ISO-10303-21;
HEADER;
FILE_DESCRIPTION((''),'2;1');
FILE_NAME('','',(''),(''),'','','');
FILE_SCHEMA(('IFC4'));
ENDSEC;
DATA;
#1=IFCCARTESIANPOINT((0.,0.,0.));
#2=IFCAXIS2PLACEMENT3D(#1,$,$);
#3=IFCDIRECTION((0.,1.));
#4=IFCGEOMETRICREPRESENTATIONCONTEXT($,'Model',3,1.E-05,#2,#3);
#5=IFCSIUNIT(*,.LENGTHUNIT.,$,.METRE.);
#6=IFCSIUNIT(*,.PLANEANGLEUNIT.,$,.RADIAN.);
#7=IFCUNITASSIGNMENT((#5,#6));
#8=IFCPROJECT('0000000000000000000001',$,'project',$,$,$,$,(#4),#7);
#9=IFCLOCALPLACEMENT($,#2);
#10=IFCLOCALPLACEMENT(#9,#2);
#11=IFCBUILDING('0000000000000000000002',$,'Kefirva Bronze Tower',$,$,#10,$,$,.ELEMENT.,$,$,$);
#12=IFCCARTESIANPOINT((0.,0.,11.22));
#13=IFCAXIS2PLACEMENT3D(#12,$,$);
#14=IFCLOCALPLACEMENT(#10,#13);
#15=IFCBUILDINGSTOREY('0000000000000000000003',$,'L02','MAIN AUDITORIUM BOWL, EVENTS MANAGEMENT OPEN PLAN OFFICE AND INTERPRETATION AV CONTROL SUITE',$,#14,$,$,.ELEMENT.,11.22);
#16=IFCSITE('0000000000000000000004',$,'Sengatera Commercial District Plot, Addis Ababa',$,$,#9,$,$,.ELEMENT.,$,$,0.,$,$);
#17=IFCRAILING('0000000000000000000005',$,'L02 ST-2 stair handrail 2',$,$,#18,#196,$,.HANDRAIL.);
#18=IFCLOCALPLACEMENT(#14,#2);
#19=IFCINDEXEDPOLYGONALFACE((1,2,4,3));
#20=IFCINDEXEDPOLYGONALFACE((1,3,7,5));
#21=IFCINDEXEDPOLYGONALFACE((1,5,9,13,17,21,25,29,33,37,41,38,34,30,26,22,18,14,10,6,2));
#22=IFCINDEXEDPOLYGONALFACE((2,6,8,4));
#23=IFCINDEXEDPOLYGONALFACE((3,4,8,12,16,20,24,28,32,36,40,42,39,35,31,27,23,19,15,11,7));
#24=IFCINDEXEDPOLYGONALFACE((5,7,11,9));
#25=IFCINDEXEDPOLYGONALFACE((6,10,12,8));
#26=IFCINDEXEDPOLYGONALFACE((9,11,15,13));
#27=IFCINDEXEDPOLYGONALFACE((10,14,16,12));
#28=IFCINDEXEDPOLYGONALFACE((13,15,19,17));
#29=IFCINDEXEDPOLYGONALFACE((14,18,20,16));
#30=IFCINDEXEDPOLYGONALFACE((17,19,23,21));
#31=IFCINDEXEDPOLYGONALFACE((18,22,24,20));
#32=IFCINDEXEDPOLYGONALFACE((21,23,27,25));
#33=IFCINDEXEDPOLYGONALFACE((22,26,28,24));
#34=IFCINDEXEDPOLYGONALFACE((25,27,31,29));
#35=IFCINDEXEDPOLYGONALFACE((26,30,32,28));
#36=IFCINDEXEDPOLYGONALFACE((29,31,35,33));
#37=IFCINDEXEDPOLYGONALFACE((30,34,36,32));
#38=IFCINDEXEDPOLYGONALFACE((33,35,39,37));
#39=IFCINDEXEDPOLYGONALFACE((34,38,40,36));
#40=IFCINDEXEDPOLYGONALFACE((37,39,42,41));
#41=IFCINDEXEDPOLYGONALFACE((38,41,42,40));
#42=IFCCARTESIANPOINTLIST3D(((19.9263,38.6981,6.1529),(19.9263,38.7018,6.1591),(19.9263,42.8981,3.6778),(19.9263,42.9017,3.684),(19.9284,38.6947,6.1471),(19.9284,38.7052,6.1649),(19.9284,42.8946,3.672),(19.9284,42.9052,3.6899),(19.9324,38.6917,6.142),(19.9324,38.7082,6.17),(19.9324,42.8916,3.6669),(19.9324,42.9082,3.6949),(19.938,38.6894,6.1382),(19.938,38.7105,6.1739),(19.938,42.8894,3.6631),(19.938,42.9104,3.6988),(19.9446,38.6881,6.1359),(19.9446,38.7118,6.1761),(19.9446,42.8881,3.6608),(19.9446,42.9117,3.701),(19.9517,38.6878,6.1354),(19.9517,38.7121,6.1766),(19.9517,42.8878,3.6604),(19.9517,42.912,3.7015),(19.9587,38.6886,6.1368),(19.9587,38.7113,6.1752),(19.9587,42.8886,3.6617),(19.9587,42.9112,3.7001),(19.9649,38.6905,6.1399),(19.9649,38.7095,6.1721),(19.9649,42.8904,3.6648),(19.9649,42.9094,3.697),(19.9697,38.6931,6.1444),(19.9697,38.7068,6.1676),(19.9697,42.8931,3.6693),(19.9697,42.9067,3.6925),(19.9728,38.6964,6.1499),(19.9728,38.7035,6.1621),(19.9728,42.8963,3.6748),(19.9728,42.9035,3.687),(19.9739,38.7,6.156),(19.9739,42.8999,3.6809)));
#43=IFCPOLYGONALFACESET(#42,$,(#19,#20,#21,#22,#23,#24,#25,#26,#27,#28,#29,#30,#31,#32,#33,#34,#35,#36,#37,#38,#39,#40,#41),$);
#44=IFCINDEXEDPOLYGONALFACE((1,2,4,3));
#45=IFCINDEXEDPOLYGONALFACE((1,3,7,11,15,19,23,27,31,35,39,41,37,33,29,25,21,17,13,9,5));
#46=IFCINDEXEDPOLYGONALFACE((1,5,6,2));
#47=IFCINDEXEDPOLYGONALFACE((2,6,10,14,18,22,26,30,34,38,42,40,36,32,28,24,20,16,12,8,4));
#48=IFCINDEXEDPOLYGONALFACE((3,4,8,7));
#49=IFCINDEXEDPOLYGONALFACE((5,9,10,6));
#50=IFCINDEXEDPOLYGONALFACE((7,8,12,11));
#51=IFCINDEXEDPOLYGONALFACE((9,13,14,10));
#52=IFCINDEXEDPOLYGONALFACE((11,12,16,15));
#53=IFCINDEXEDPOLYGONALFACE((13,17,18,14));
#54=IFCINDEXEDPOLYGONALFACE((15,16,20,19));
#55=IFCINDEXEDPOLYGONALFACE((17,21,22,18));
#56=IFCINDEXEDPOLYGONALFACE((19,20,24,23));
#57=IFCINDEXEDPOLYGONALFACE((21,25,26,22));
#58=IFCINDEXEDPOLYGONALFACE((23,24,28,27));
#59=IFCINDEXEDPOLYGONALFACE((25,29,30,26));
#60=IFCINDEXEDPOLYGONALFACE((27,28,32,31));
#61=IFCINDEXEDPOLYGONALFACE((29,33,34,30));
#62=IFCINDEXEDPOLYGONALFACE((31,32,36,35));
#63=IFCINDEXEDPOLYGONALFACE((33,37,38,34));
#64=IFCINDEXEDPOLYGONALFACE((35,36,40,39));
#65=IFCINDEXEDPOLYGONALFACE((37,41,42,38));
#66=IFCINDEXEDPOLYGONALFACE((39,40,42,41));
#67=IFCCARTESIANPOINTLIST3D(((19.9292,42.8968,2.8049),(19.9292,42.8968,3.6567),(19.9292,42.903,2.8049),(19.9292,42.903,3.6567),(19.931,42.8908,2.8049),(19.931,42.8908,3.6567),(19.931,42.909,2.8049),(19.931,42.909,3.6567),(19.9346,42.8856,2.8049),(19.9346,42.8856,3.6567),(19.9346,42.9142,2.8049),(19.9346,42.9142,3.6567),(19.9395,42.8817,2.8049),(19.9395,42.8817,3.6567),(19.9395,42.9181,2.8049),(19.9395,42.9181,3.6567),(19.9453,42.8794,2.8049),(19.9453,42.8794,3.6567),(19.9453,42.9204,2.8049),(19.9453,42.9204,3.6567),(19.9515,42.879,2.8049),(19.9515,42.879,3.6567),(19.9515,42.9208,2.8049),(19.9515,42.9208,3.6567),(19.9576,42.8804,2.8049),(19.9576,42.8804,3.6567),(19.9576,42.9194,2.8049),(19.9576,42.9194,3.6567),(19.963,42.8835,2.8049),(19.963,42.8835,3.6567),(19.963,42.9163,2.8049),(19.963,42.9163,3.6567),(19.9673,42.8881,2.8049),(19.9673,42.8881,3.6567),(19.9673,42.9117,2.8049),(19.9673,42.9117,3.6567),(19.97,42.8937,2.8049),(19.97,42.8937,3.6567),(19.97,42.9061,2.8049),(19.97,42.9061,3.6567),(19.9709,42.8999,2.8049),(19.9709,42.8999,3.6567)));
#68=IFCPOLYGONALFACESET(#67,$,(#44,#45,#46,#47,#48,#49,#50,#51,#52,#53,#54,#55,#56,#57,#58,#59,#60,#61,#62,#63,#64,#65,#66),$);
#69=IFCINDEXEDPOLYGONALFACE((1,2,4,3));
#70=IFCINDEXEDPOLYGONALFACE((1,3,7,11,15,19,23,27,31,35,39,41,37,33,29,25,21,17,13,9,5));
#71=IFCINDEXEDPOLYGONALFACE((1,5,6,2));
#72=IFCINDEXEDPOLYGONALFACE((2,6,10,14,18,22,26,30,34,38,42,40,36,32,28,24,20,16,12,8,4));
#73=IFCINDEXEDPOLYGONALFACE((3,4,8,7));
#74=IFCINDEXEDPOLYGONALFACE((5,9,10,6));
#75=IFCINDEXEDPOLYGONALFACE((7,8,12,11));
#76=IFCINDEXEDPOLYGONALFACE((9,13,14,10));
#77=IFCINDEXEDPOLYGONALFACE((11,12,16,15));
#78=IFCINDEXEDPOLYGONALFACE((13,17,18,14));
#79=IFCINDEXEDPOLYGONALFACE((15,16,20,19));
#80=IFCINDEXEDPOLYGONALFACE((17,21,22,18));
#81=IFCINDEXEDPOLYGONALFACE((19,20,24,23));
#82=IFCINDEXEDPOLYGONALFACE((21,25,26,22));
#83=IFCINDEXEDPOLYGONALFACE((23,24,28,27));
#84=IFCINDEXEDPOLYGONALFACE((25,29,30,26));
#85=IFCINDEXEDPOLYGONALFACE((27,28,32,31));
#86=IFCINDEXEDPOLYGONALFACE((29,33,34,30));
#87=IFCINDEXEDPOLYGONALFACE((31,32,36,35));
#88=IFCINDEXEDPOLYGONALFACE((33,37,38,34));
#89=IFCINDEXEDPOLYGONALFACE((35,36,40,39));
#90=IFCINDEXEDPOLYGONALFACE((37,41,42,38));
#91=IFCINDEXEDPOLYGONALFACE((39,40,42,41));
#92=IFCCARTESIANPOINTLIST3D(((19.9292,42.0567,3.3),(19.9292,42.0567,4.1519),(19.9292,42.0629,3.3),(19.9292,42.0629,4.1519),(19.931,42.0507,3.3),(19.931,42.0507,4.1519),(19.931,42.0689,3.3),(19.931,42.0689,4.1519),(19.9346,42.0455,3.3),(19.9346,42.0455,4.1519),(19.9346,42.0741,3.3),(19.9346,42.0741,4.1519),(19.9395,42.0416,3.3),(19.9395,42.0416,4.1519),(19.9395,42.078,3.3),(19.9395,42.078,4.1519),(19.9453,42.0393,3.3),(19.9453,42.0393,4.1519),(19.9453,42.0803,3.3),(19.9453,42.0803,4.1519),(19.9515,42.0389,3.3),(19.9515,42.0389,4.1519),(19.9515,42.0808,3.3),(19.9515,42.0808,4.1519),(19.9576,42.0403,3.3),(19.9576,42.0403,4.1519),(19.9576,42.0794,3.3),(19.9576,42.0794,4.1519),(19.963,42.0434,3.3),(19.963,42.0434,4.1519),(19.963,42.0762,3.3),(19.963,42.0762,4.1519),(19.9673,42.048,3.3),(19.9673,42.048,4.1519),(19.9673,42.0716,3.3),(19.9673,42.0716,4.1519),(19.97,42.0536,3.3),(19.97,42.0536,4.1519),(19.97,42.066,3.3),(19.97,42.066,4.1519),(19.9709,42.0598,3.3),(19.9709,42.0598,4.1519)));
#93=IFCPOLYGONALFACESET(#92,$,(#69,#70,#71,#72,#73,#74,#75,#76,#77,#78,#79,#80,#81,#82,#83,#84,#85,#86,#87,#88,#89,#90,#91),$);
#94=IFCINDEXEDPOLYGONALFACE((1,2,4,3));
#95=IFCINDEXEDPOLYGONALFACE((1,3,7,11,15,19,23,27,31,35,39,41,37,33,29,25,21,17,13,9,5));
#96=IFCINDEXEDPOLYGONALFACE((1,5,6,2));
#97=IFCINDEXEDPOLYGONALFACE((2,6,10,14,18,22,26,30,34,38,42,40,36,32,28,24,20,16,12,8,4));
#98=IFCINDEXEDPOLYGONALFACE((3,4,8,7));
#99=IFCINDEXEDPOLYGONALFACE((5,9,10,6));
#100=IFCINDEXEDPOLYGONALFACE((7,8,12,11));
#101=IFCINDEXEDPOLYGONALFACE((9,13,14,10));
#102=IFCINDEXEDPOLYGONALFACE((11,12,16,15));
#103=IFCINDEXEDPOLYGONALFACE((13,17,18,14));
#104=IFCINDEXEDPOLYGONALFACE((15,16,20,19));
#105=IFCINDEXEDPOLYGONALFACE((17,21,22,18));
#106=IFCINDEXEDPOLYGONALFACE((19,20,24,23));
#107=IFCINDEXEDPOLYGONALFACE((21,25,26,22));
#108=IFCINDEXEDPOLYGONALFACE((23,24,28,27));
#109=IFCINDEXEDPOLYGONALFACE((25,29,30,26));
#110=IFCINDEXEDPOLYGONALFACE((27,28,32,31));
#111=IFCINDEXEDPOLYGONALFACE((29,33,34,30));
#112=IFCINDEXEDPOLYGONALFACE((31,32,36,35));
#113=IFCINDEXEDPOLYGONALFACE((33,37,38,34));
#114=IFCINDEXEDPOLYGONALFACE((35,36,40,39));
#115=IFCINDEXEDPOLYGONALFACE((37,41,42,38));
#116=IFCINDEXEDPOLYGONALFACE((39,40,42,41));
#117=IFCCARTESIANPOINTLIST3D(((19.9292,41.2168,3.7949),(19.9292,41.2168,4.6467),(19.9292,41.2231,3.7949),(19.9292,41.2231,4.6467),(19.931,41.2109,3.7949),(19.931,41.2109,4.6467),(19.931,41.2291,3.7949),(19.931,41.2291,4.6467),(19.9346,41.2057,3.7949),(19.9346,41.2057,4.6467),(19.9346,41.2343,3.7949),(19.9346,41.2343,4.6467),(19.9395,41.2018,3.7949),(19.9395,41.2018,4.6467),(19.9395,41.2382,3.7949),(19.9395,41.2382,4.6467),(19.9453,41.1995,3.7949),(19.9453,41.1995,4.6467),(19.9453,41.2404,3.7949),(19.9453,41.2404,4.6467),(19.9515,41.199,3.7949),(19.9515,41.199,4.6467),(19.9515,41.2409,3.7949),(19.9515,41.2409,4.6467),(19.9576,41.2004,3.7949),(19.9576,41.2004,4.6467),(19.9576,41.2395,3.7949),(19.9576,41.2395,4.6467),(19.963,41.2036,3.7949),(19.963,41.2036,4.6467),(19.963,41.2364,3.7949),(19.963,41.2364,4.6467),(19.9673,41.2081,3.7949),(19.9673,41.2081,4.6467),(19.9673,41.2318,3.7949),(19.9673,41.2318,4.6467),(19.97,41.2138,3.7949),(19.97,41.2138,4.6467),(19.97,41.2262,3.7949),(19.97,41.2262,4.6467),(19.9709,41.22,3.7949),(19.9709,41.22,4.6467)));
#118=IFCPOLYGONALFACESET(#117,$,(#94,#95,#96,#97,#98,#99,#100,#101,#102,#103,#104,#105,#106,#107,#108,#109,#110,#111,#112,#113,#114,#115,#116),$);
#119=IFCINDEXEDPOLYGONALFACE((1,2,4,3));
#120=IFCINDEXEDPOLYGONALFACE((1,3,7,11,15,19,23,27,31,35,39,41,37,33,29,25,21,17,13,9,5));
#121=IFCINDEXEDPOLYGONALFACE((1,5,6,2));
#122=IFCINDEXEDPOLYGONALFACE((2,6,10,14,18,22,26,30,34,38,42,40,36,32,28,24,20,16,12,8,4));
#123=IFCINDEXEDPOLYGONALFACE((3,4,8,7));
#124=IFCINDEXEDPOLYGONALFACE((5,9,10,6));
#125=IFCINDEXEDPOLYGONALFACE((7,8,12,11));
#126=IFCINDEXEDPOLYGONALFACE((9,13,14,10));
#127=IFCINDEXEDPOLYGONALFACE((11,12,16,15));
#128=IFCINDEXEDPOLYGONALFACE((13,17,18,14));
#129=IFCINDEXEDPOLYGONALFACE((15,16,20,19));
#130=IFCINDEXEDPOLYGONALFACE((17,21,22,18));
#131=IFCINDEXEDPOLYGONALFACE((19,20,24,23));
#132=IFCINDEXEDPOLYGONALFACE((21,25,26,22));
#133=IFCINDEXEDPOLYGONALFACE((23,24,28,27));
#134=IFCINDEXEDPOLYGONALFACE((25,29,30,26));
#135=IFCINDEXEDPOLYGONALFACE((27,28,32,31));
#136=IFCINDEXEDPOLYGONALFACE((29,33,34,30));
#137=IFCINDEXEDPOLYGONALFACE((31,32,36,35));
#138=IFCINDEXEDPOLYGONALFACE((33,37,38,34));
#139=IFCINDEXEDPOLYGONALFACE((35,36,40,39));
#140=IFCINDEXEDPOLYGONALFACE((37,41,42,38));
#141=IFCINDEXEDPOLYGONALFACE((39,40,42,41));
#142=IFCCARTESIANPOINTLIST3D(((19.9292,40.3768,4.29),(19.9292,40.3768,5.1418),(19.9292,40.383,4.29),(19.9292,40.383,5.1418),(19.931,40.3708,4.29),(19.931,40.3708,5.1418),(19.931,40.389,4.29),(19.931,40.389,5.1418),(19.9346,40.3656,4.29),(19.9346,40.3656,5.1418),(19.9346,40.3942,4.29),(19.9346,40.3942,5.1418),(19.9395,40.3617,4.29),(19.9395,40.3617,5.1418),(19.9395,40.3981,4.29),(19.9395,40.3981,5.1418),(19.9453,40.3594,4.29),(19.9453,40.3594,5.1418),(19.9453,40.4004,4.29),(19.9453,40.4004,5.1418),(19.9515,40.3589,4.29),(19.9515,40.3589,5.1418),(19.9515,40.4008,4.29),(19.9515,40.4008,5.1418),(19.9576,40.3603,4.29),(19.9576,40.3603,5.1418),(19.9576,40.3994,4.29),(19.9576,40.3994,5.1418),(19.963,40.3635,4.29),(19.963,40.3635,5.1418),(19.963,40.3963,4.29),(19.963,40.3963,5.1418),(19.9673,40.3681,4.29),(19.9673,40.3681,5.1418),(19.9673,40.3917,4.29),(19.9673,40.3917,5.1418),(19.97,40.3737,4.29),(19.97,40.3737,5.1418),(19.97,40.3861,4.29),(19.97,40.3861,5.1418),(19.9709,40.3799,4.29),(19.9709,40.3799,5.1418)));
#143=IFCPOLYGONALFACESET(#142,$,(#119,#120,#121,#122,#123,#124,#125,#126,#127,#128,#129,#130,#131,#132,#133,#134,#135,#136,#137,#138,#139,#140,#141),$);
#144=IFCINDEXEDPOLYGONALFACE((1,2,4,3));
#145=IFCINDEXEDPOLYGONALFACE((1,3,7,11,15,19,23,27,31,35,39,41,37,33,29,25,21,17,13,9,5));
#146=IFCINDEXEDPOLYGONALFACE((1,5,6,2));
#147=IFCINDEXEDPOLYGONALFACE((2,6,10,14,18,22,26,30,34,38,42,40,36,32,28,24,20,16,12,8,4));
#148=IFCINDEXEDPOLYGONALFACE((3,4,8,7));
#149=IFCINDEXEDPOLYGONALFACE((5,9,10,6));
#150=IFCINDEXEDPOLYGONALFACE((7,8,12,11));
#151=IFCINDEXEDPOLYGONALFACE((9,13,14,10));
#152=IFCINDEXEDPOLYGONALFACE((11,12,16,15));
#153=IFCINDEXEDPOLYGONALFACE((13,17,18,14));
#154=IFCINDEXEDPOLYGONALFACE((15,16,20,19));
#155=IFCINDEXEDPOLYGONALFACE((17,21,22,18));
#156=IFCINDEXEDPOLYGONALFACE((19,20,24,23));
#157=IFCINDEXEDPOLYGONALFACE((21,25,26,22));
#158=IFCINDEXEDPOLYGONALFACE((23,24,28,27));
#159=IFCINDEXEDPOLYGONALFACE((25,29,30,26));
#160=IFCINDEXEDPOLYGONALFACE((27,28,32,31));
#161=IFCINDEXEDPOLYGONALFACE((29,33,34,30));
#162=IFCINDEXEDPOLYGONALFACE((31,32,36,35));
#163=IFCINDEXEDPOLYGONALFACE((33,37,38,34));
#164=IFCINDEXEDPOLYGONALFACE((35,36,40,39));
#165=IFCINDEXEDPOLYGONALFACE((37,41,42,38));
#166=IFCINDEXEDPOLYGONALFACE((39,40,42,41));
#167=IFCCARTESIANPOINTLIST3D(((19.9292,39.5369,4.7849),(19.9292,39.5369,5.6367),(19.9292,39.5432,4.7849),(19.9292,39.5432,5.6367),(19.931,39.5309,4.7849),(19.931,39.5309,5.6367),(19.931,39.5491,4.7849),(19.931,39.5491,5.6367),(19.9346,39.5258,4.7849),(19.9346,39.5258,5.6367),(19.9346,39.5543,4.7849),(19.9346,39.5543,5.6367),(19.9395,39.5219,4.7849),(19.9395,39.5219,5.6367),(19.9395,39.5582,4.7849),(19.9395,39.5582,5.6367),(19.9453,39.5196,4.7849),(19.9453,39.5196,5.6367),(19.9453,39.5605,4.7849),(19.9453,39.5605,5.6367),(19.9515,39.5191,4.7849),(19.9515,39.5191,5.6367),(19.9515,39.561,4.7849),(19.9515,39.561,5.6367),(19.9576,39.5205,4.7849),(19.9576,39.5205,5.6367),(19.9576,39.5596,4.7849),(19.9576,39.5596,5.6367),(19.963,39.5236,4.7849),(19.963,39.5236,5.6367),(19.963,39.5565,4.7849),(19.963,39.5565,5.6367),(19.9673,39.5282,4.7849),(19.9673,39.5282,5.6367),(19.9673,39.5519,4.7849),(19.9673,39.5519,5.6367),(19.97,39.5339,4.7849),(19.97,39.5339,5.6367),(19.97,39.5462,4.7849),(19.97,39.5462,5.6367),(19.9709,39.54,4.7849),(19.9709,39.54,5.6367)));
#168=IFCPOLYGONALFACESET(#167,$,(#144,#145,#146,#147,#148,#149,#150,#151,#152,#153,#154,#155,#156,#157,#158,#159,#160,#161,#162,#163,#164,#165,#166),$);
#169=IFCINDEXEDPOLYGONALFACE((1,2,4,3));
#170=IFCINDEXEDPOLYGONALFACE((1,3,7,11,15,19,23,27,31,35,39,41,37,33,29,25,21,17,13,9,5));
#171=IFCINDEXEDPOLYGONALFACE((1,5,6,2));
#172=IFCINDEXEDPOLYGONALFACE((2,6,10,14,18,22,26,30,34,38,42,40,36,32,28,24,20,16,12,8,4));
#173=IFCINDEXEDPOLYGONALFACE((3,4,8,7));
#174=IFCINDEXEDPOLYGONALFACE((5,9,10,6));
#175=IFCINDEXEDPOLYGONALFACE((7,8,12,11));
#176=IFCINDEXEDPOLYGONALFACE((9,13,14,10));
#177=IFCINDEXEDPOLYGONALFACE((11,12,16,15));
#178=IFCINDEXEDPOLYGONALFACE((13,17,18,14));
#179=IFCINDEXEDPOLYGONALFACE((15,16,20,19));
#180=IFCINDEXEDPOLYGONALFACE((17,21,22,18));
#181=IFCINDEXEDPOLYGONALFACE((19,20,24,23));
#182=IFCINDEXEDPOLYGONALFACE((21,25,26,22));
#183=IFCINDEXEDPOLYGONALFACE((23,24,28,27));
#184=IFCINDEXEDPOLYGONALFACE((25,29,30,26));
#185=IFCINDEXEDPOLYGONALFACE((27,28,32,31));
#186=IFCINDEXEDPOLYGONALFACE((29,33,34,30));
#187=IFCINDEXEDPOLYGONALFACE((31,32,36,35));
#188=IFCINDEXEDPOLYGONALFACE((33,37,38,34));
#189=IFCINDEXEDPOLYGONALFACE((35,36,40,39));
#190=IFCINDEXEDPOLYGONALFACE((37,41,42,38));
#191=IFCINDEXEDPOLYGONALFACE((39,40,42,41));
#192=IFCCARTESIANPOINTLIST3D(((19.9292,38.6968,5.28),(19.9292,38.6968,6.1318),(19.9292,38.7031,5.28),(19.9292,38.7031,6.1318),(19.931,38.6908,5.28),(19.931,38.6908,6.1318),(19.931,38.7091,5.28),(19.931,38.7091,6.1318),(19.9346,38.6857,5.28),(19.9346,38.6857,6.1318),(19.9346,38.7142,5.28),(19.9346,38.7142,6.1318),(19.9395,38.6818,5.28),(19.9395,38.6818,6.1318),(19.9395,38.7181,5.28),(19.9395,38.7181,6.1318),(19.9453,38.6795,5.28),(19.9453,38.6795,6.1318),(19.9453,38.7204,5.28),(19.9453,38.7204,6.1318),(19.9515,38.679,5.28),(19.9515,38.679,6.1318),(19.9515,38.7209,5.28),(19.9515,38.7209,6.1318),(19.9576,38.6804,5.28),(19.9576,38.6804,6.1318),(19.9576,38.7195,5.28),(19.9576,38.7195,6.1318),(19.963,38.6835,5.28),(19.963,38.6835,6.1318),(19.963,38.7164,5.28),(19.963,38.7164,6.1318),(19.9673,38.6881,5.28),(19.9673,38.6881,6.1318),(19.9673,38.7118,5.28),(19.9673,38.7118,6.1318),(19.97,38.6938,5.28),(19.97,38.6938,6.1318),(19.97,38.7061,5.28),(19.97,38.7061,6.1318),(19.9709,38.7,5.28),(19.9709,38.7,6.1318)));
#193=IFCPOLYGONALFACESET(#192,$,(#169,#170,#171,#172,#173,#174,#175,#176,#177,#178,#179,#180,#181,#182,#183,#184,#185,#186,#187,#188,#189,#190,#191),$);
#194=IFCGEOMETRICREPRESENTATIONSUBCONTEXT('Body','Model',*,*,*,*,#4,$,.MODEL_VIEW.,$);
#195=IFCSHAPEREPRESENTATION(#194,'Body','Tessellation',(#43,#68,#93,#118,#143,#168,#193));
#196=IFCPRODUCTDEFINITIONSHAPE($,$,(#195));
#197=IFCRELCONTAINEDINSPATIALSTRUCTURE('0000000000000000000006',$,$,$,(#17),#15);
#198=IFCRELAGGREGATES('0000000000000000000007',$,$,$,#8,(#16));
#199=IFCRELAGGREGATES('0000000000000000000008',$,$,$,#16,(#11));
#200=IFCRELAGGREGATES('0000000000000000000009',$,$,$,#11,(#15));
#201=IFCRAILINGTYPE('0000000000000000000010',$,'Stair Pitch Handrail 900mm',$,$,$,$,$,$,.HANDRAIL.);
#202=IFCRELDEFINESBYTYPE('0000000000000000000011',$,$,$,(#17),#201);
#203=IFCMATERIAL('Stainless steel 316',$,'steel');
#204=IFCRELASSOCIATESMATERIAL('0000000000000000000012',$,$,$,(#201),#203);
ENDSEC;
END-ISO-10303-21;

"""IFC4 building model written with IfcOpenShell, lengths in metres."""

from ifc_helpers import new_model, si_unit, direction, frame, origin, origin_2d, place, context, subcontext, project, spatial, circle, extrude, material, type_object, element, save


model = new_model("IFC4")

# Units and contexts
model_context = context("Model", 3, precision=1e-05, world=origin(), true_north=direction((0.0, 1.0)))
body_context = subcontext(model_context, "Body", "Model", "MODEL_VIEW")
ifc_project = project(units=[si_unit("LENGTHUNIT", "METRE"), si_unit("PLANEANGLEUNIT", "RADIAN")], contexts=[model_context])

# Site, building, storey
site_placement = place(None, origin())
site = spatial("IfcSite", under=ifc_project, at=site_placement, Name="Sengatera Commercial District Plot, Addis Ababa", CompositionType="ELEMENT", RefElevation=0.0)
building_placement = place(site_placement, origin())
building = spatial("IfcBuilding", under=site, at=building_placement, Name="Kefirva Bronze Tower", CompositionType="ELEMENT")
storey_placement = place(building_placement, frame((0.0, 0.0, 11.22)))
storey = spatial("IfcBuildingStorey", under=building, at=storey_placement, Name="L02", Description="MAIN AUDITORIUM BOWL, EVENTS MANAGEMENT OPEN PLAN OFFICE AND INTERPRETATION AV CONTROL SUITE", CompositionType="ELEMENT", Elevation=11.22)

# Railing
ifc_material_1 = material(Name="Stainless steel 316", Category="steel")
railing_type_1 = type_object("IfcRailingType", Name="Stair Pitch Handrail 900mm", PredefinedType="HANDRAIL", material=ifc_material_1)
railing_1_placement = place(storey_placement, frame((19.95, 42.8999, 2.8049)))
element("IfcRailing", 1, at=railing_1_placement, inside=storey, type_object=railing_type_1, Name="L02 ST-2 stair handrail 2", PredefinedType="HANDRAIL", context=body_context, shape_type="SweptSolid", body=[
    extrude(circle(Radius=0.0239, at=origin_2d()), frame((0.0, 0.0, 0.876), z_axis=(0.0, -0.861527, 0.507712), x_axis=(1.0, 0.0, 0.0)), (0.0, 0.0, 1.0), 4.875),
    extrude(circle(Radius=0.021, at=origin_2d()), origin(), (0.0, 0.0, 1.0), 0.8518),
    extrude(circle(Radius=0.021, at=origin_2d()), frame((0.0, -0.8401, 0.4951)), (0.0, 0.0, 1.0), 0.8518),
    extrude(circle(Radius=0.021, at=origin_2d()), frame((0.0, -1.6799, 0.99)), (0.0, 0.0, 1.0), 0.8518),
    extrude(circle(Radius=0.021, at=origin_2d()), frame((0.0, -2.52, 1.4851)), (0.0, 0.0, 1.0), 0.8518),
    extrude(circle(Radius=0.021, at=origin_2d()), frame((0.0, -3.3599, 1.98)), (0.0, 0.0, 1.0), 0.8518),
    extrude(circle(Radius=0.021, at=origin_2d()), frame((0.0, -4.2, 2.4751)), (0.0, 0.0, 1.0), 0.8518),
])

save(model, "model.ifc")
